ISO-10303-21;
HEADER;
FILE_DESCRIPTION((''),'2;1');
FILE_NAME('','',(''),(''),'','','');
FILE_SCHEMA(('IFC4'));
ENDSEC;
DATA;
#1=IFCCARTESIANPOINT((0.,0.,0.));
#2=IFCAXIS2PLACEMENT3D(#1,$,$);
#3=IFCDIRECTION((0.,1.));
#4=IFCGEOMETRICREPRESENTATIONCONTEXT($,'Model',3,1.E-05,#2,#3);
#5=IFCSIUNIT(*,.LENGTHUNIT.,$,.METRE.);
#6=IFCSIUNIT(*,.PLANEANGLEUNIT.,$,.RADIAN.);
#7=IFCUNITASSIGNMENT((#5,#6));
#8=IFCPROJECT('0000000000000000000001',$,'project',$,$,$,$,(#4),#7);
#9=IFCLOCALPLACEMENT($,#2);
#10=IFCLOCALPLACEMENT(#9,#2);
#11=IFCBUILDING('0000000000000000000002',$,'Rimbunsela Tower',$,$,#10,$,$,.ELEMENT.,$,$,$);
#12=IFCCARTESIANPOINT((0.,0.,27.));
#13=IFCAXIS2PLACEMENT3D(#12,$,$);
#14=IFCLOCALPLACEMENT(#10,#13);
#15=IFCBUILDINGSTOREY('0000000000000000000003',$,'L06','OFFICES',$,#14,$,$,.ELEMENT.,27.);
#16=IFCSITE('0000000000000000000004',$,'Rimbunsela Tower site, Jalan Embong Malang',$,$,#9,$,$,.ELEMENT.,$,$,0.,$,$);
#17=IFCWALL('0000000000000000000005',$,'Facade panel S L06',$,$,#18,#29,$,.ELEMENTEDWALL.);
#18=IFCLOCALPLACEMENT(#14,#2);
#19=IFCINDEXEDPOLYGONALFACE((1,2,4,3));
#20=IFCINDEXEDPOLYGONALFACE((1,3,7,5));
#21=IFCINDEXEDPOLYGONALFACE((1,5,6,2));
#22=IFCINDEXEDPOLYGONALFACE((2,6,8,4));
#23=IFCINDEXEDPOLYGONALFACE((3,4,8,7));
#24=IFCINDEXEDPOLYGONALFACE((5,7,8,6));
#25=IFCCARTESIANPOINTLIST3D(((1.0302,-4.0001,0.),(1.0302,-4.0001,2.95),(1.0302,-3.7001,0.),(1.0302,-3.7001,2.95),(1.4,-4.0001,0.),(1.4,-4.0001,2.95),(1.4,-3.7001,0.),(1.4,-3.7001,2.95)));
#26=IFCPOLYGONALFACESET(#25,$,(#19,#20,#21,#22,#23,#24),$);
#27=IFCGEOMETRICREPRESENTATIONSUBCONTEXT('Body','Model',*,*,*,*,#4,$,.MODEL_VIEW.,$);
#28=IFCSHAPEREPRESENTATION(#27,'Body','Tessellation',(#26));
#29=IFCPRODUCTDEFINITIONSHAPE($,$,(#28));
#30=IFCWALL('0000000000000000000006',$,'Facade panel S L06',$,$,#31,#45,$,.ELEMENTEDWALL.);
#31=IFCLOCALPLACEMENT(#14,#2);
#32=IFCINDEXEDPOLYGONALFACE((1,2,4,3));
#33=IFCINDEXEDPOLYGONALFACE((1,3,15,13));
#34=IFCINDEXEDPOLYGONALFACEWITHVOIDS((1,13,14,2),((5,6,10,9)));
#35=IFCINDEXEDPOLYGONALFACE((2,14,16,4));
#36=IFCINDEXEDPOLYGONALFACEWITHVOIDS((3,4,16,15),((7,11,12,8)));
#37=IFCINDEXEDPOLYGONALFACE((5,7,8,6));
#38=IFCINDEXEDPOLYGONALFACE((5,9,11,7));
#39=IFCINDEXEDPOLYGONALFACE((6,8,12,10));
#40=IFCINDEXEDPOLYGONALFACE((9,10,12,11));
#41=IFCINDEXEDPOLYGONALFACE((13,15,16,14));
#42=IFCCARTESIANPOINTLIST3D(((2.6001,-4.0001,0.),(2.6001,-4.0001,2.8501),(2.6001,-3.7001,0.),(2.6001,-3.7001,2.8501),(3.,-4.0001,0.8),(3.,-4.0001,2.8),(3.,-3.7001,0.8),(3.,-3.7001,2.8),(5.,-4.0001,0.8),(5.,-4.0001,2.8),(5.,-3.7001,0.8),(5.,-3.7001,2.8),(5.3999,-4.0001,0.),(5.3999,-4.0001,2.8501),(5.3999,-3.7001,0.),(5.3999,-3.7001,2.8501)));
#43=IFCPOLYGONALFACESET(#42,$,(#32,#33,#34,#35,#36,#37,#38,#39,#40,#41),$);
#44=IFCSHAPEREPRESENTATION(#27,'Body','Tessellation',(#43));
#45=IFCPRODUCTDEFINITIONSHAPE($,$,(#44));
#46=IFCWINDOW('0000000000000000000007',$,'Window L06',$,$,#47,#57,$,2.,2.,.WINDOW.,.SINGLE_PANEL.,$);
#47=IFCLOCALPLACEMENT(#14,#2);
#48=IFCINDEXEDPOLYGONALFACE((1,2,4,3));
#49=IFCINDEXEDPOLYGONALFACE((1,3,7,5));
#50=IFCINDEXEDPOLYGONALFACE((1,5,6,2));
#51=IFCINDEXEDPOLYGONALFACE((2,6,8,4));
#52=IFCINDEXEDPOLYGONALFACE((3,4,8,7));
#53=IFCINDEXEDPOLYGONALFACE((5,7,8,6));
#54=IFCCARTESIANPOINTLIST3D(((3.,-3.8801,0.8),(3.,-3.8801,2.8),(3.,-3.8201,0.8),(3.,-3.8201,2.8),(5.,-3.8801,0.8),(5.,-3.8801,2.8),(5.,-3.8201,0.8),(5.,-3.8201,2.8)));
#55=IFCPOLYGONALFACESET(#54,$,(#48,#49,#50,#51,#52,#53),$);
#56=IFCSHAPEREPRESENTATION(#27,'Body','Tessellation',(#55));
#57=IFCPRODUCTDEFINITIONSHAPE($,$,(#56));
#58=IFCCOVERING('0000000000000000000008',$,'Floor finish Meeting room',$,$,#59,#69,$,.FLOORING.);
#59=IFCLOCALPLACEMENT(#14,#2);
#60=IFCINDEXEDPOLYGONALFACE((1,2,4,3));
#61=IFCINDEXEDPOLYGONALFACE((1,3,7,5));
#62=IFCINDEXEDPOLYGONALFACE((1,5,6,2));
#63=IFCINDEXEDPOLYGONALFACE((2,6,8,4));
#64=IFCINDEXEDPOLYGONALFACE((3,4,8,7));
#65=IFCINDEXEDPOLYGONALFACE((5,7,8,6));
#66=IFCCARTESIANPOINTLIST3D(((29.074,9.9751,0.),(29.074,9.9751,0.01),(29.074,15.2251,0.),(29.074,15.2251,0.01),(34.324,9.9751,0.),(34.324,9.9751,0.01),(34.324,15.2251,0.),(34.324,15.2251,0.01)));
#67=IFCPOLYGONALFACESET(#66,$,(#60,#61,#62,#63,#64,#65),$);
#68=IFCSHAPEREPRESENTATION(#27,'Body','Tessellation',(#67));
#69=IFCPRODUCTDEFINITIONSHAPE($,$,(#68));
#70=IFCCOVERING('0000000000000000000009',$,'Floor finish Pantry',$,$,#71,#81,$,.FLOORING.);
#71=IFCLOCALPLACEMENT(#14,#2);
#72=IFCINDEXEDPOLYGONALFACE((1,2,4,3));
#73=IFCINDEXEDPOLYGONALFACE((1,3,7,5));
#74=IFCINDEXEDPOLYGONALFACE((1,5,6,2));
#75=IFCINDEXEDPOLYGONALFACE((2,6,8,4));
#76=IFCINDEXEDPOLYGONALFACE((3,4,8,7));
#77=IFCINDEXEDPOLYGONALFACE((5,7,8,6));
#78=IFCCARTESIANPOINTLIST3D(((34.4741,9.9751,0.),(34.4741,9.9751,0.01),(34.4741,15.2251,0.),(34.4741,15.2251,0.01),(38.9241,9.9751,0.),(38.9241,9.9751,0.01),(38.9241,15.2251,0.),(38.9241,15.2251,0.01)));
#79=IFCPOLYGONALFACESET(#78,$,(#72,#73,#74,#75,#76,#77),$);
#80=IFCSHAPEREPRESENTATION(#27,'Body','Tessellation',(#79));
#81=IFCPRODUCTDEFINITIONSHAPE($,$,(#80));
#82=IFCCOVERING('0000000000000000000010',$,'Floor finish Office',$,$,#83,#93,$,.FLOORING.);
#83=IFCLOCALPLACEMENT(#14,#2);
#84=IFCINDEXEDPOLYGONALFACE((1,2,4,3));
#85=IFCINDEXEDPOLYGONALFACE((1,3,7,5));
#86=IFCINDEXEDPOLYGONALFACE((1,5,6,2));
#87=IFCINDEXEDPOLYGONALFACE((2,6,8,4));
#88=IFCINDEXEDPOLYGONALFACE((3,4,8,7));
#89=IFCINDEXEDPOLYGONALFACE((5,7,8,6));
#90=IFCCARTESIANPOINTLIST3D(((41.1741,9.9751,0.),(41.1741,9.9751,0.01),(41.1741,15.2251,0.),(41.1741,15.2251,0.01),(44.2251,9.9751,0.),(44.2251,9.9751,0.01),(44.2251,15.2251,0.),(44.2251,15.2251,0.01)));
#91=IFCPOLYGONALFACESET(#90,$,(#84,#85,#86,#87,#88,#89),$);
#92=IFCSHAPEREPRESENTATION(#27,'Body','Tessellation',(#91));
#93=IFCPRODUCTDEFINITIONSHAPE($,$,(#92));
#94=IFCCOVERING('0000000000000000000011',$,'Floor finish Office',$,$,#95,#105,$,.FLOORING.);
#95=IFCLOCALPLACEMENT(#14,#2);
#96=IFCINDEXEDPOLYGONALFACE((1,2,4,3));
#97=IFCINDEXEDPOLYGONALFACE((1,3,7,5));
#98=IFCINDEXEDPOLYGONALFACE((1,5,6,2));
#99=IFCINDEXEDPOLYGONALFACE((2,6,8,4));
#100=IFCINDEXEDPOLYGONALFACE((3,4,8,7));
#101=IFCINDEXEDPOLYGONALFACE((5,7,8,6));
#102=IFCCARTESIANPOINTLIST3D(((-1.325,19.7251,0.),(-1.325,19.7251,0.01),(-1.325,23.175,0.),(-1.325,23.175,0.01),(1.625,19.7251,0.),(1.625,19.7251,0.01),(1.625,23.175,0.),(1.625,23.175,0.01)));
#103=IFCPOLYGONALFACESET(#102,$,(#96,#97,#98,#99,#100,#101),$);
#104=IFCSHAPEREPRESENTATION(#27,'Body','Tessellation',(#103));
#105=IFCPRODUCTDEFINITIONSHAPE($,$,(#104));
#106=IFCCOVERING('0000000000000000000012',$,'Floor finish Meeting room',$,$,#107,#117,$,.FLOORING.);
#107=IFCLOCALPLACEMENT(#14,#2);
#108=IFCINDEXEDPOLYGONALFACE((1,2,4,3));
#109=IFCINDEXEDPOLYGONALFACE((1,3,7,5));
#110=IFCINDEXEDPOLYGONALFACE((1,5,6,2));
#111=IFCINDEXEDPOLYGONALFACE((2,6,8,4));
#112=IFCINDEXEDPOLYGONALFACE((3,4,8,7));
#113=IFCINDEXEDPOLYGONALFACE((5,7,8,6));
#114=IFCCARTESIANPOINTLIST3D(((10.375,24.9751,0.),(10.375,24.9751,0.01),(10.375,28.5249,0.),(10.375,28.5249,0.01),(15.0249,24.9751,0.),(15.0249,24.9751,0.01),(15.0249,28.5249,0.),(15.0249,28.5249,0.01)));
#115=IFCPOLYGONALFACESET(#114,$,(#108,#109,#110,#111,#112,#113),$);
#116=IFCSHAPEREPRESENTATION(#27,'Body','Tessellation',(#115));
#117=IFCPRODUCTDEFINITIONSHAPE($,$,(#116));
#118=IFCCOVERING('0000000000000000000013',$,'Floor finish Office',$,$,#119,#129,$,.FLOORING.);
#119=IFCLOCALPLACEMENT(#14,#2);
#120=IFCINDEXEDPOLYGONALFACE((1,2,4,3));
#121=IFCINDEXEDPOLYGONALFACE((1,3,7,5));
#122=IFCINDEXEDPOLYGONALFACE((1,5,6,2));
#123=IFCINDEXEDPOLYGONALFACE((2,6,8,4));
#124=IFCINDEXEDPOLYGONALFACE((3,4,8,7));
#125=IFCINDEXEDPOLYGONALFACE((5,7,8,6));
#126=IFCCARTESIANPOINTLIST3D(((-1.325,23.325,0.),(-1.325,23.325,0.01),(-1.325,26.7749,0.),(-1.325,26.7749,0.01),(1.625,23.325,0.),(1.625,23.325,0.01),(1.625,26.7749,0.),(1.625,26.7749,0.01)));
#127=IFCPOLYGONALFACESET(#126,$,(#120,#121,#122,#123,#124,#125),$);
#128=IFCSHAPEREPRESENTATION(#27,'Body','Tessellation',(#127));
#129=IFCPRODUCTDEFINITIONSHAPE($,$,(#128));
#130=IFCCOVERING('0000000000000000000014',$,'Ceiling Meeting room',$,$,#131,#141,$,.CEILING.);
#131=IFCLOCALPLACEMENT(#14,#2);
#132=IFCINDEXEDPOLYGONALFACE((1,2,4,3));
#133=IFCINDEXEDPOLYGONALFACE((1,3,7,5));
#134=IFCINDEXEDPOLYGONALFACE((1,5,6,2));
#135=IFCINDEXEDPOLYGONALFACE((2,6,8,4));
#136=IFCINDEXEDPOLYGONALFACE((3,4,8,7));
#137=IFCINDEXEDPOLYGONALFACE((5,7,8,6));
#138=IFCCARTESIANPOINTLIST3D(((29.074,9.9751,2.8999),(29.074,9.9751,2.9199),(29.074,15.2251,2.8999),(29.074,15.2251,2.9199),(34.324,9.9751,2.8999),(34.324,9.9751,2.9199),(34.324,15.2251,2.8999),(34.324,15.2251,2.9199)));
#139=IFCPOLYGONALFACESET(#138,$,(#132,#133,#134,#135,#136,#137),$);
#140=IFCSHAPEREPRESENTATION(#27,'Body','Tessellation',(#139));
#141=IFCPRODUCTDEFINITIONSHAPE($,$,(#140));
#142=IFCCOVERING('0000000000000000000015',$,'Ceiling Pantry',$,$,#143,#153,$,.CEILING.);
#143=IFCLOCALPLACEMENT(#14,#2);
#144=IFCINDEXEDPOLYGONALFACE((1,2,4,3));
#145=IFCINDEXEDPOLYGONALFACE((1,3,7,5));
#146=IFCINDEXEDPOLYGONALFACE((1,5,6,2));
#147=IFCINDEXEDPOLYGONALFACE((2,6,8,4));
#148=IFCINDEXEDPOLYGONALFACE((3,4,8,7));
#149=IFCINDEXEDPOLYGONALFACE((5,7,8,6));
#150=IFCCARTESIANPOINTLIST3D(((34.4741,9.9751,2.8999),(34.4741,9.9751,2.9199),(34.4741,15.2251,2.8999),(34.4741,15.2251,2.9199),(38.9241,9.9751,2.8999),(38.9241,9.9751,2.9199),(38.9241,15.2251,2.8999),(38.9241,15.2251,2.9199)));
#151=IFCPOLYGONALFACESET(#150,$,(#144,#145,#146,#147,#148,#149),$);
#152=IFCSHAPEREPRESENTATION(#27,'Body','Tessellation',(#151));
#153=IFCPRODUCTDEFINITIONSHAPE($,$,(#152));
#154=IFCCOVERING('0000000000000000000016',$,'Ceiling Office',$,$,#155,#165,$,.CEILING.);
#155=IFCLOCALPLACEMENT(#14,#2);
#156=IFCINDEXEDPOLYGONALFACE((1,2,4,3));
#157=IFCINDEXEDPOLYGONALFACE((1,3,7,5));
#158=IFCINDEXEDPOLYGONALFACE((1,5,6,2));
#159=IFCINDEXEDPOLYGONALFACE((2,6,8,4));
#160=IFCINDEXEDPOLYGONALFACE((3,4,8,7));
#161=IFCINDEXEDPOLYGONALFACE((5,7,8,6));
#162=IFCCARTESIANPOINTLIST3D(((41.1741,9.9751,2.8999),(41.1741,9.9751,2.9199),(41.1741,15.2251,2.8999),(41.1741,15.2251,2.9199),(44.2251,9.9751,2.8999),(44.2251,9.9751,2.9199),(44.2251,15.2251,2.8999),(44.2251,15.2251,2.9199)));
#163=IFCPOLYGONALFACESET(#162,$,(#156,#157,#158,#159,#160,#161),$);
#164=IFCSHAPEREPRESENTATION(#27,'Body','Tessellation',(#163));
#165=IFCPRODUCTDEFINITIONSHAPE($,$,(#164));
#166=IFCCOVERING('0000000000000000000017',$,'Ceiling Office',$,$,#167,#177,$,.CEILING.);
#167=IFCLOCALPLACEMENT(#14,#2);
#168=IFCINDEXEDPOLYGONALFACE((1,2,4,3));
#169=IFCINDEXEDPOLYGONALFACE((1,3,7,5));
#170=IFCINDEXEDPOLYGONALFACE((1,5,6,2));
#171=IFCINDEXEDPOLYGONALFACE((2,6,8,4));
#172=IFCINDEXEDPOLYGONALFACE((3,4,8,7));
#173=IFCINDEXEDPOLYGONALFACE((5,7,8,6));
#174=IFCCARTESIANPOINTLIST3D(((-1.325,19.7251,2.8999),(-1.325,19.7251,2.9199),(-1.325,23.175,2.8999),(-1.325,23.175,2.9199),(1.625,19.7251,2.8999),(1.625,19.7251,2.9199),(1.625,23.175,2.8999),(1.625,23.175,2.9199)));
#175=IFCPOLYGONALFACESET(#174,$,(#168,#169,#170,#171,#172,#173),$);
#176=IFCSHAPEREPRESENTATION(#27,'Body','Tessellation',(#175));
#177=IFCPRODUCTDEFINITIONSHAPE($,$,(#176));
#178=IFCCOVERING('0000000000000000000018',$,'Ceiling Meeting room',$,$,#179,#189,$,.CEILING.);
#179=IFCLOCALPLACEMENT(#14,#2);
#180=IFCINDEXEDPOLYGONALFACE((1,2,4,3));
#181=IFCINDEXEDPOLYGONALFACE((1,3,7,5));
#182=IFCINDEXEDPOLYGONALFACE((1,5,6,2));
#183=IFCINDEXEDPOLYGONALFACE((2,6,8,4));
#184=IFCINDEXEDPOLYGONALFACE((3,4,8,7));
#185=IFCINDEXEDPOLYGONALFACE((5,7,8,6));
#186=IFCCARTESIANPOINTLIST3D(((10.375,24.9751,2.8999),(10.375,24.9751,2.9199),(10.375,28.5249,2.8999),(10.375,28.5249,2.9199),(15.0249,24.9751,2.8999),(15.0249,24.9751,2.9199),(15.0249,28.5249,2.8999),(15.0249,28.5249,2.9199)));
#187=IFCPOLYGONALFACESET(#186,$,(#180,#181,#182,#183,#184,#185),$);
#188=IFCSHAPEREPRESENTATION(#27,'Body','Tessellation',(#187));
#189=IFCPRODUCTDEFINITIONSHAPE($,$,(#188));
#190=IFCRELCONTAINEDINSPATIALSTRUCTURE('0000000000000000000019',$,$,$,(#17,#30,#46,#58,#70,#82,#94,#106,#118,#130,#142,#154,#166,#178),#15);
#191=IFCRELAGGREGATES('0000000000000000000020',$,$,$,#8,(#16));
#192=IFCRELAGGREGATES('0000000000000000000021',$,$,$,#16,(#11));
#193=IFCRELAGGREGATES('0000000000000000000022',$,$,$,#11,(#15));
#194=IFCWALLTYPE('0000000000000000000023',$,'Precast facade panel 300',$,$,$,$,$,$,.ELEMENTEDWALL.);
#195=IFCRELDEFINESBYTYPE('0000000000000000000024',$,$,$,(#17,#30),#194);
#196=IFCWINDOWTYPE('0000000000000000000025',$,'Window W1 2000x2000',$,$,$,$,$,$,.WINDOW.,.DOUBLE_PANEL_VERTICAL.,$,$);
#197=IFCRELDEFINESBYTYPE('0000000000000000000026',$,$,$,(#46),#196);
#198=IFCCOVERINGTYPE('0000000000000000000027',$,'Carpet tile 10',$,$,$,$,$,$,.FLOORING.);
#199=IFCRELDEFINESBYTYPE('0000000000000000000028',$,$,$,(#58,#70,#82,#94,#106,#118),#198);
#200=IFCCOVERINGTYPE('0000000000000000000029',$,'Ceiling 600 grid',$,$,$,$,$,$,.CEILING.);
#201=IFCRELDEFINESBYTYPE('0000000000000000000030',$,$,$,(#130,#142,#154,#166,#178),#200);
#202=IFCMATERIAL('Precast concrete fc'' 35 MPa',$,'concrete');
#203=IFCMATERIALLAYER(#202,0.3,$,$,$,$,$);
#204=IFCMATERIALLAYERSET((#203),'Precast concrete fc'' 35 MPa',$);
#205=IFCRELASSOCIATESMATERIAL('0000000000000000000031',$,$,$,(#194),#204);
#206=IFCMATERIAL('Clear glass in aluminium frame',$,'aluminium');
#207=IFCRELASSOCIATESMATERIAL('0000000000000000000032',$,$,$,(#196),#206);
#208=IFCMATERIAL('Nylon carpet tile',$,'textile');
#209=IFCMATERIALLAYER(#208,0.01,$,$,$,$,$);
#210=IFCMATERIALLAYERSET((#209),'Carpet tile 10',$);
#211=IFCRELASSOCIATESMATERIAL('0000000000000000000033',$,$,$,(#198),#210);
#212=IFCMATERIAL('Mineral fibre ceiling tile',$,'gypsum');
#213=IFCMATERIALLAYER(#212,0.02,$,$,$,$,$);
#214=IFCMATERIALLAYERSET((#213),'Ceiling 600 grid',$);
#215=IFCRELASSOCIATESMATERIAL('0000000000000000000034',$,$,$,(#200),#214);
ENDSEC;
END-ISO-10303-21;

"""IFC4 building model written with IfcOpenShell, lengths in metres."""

from ifc_helpers import new_model, si_unit, direction, frame, frame_2d, origin, place, context, subcontext, project, spatial, polyline, rectangle, outline, extrude, material, layer, layer_set, type_object, element, fill, save


model = new_model("IFC4")

# Units and contexts
model_context = context("Model", 3, precision=1e-05, world=origin(), true_north=direction((0.0, 1.0)))
body_context = subcontext(model_context, "Body", "Model", "MODEL_VIEW")
ifc_project = project(units=[si_unit("LENGTHUNIT", "METRE"), si_unit("PLANEANGLEUNIT", "RADIAN")], contexts=[model_context])

# Site, building, storey
site_placement = place(None, origin())
site = spatial("IfcSite", under=ifc_project, at=site_placement, Name="Rimbunsela Tower site, Jalan Embong Malang", CompositionType="ELEMENT", RefElevation=0.0)
building_placement = place(site_placement, origin())
building = spatial("IfcBuilding", under=site, at=building_placement, Name="Rimbunsela Tower", CompositionType="ELEMENT")
storey_placement = place(building_placement, frame((0.0, 0.0, 27.0)))
storey = spatial("IfcBuildingStorey", under=building, at=storey_placement, Name="L06", Description="OFFICES", CompositionType="ELEMENT", Elevation=27.0)

# Wall
ifc_material_1 = material(Name="Precast concrete fc' 35 MPa", Category="concrete")
ifc_layer_1 = layer(ifc_material_1, 0.3)
ifc_layer_set_1 = layer_set([ifc_layer_1], Name="Precast concrete fc' 35 MPa")
wall_type = type_object("IfcWallType", Name="Precast facade panel 300", PredefinedType="ELEMENTEDWALL", material=ifc_layer_set_1)
wall_1_placement = place(storey_placement, frame((1.03, -3.8501, 0.0), z_axis=(0.0, 0.0, 1.0), x_axis=(1.0, 0.0, 0.0)))
element("IfcWall", 1, at=wall_1_placement, inside=storey, type_object=wall_type, Name="Facade panel S L06", PredefinedType="ELEMENTEDWALL", context=body_context, shape_type="SweptSolid", body=[
    extrude(rectangle(XDim=0.3699, YDim=0.3, at=frame_2d((0.1851, 0.0))), origin(), (0.0, 0.0, 1.0), 2.95),
])

# Wall, opening, window
wall_2_placement = place(storey_placement, frame((2.6001, -3.8501, 0.0), z_axis=(0.0, 0.0, 1.0), x_axis=(1.0, 0.0, 0.0)))
wall_2 = element("IfcWall", 2, at=wall_2_placement, inside=storey, type_object=wall_type, Name="Facade panel S L06", PredefinedType="ELEMENTEDWALL", context=body_context, shape_type="SweptSolid", body=[
    extrude(rectangle(XDim=2.7998, YDim=0.3, at=frame_2d((1.3999, 0.0))), origin(), (0.0, 0.0, 1.0), 2.8501),
])
opening_placement = place(wall_2_placement, frame((0.3999, 0.0, 0.8)))
opening = element("IfcOpeningElement", 3, at=opening_placement, cuts=wall_2, PredefinedType="OPENING", context=body_context, shape_type="SweptSolid", body=[
    extrude(rectangle(XDim=2.0, YDim=2.0, at=frame_2d((1.0, 1.0))), frame((0.0, 0.1599, 0.0), z_axis=(0.0, -1.0, 0.0), x_axis=(1.0, 0.0, 0.0)), (0.0, 0.0, 1.0), 0.3201),
])
ifc_material_2 = material(Name="Clear glass in aluminium frame", Category="aluminium")
window_type = type_object("IfcWindowType", Name="Window W1 2000x2000", PartitioningType="DOUBLE_PANEL_VERTICAL", PredefinedType="WINDOW", material=ifc_material_2)
window_placement = place(opening_placement, origin())
window = element("IfcWindow", 4, at=window_placement, inside=storey, type_object=window_type, Name="Window L06", OverallHeight=2.0, OverallWidth=2.0, PartitioningType="SINGLE_PANEL", PredefinedType="WINDOW", context=body_context, shape_type="SweptSolid", body=[
    extrude(rectangle(XDim=2.0, YDim=2.0, at=frame_2d((1.0, 1.0))), frame((0.0, 0.03, 0.0), z_axis=(0.0, -1.0, 0.0), x_axis=(1.0, 0.0, 0.0)), (0.0, 0.0, 1.0), 0.0601),
])
fill(opening, window)

# Coverings
ifc_material_3 = material(Name="Nylon carpet tile", Category="textile")
ifc_layer_2 = layer(ifc_material_3, 0.01)
ifc_layer_set_2 = layer_set([ifc_layer_2], Name="Carpet tile 10")
covering_type_1 = type_object("IfcCoveringType", Name="Carpet tile 10", PredefinedType="FLOORING", material=ifc_layer_set_2)
covering_1_placement = place(storey_placement, origin())
element("IfcCovering", 5, at=covering_1_placement, inside=storey, type_object=covering_type_1, Name="Floor finish Meeting room", PredefinedType="FLOORING", context=body_context, shape_type="SweptSolid", body=[
    extrude(outline(polyline([(34.324, 9.9751), (34.324, 15.2251), (29.074, 15.2251), (29.074, 9.9751), (34.324, 9.9751)])), origin(), (0.0, 0.0, 1.0), 0.01),
])
covering_2_placement = place(storey_placement, origin())
element("IfcCovering", 6, at=covering_2_placement, inside=storey, type_object=covering_type_1, Name="Floor finish Pantry", PredefinedType="FLOORING", context=body_context, shape_type="SweptSolid", body=[
    extrude(outline(polyline([(38.9241, 9.9751), (38.9241, 15.2251), (34.4741, 15.2251), (34.4741, 9.9751), (38.9241, 9.9751)])), origin(), (0.0, 0.0, 1.0), 0.01),
])
covering_3_placement = place(storey_placement, origin())
element("IfcCovering", 7, at=covering_3_placement, inside=storey, type_object=covering_type_1, Name="Floor finish Office", PredefinedType="FLOORING", context=body_context, shape_type="SweptSolid", body=[
    extrude(outline(polyline([(44.2251, 9.9751), (44.2251, 15.2251), (41.1741, 15.2251), (41.1741, 9.9751), (44.2251, 9.9751)])), origin(), (0.0, 0.0, 1.0), 0.01),
])
covering_4_placement = place(storey_placement, origin())
element("IfcCovering", 8, at=covering_4_placement, inside=storey, type_object=covering_type_1, Name="Floor finish Office", PredefinedType="FLOORING", context=body_context, shape_type="SweptSolid", body=[
    extrude(outline(polyline([(1.625, 19.7251), (1.625, 23.175), (-1.325, 23.175), (-1.325, 19.7251), (1.625, 19.7251)])), origin(), (0.0, 0.0, 1.0), 0.01),
])
covering_5_placement = place(storey_placement, origin())
element("IfcCovering", 9, at=covering_5_placement, inside=storey, type_object=covering_type_1, Name="Floor finish Meeting room", PredefinedType="FLOORING", context=body_context, shape_type="SweptSolid", body=[
    extrude(outline(polyline([(15.0249, 24.9751), (15.0249, 28.5249), (10.375, 28.5249), (10.375, 24.9751), (15.0249, 24.9751)])), origin(), (0.0, 0.0, 1.0), 0.01),
])
covering_6_placement = place(storey_placement, origin())
element("IfcCovering", 10, at=covering_6_placement, inside=storey, type_object=covering_type_1, Name="Floor finish Office", PredefinedType="FLOORING", context=body_context, shape_type="SweptSolid", body=[
    extrude(outline(polyline([(1.625, 23.325), (1.625, 26.7749), (-1.325, 26.7749), (-1.325, 23.325), (1.625, 23.325)])), origin(), (0.0, 0.0, 1.0), 0.01),
])
ifc_material_4 = material(Name="Mineral fibre ceiling tile", Category="gypsum")
ifc_layer_3 = layer(ifc_material_4, 0.02)
ifc_layer_set_3 = layer_set([ifc_layer_3], Name="Ceiling 600 grid")
covering_type_2 = type_object("IfcCoveringType", Name="Ceiling 600 grid", PredefinedType="CEILING", material=ifc_layer_set_3)
covering_7_placement = place(storey_placement, frame((0.0, 0.0, 2.8999)))
element("IfcCovering", 11, at=covering_7_placement, inside=storey, type_object=covering_type_2, Name="Ceiling Meeting room", PredefinedType="CEILING", context=body_context, shape_type="SweptSolid", body=[
    extrude(outline(polyline([(34.324, 9.9751), (34.324, 15.2251), (29.074, 15.2251), (29.074, 9.9751), (34.324, 9.9751)])), origin(), (0.0, 0.0, 1.0), 0.02),
])
covering_8_placement = place(storey_placement, frame((0.0, 0.0, 2.8999)))
element("IfcCovering", 12, at=covering_8_placement, inside=storey, type_object=covering_type_2, Name="Ceiling Pantry", PredefinedType="CEILING", context=body_context, shape_type="SweptSolid", body=[
    extrude(outline(polyline([(38.9241, 9.9751), (38.9241, 15.2251), (34.4741, 15.2251), (34.4741, 9.9751), (38.9241, 9.9751)])), origin(), (0.0, 0.0, 1.0), 0.02),
])
covering_9_placement = place(storey_placement, frame((0.0, 0.0, 2.8999)))
element("IfcCovering", 13, at=covering_9_placement, inside=storey, type_object=covering_type_2, Name="Ceiling Office", PredefinedType="CEILING", context=body_context, shape_type="SweptSolid", body=[
    extrude(outline(polyline([(44.2251, 9.9751), (44.2251, 15.2251), (41.1741, 15.2251), (41.1741, 9.9751), (44.2251, 9.9751)])), origin(), (0.0, 0.0, 1.0), 0.02),
])
covering_10_placement = place(storey_placement, frame((0.0, 0.0, 2.8999)))
element("IfcCovering", 14, at=covering_10_placement, inside=storey, type_object=covering_type_2, Name="Ceiling Office", PredefinedType="CEILING", context=body_context, shape_type="SweptSolid", body=[
    extrude(outline(polyline([(1.625, 19.7251), (1.625, 23.175), (-1.325, 23.175), (-1.325, 19.7251), (1.625, 19.7251)])), origin(), (0.0, 0.0, 1.0), 0.02),
])
covering_11_placement = place(storey_placement, frame((0.0, 0.0, 2.8999)))
element("IfcCovering", 15, at=covering_11_placement, inside=storey, type_object=covering_type_2, Name="Ceiling Meeting room", PredefinedType="CEILING", context=body_context, shape_type="SweptSolid", body=[
    extrude(outline(polyline([(15.0249, 24.9751), (15.0249, 28.5249), (10.375, 28.5249), (10.375, 24.9751), (15.0249, 24.9751)])), origin(), (0.0, 0.0, 1.0), 0.02),
])

save(model, "model.ifc")
